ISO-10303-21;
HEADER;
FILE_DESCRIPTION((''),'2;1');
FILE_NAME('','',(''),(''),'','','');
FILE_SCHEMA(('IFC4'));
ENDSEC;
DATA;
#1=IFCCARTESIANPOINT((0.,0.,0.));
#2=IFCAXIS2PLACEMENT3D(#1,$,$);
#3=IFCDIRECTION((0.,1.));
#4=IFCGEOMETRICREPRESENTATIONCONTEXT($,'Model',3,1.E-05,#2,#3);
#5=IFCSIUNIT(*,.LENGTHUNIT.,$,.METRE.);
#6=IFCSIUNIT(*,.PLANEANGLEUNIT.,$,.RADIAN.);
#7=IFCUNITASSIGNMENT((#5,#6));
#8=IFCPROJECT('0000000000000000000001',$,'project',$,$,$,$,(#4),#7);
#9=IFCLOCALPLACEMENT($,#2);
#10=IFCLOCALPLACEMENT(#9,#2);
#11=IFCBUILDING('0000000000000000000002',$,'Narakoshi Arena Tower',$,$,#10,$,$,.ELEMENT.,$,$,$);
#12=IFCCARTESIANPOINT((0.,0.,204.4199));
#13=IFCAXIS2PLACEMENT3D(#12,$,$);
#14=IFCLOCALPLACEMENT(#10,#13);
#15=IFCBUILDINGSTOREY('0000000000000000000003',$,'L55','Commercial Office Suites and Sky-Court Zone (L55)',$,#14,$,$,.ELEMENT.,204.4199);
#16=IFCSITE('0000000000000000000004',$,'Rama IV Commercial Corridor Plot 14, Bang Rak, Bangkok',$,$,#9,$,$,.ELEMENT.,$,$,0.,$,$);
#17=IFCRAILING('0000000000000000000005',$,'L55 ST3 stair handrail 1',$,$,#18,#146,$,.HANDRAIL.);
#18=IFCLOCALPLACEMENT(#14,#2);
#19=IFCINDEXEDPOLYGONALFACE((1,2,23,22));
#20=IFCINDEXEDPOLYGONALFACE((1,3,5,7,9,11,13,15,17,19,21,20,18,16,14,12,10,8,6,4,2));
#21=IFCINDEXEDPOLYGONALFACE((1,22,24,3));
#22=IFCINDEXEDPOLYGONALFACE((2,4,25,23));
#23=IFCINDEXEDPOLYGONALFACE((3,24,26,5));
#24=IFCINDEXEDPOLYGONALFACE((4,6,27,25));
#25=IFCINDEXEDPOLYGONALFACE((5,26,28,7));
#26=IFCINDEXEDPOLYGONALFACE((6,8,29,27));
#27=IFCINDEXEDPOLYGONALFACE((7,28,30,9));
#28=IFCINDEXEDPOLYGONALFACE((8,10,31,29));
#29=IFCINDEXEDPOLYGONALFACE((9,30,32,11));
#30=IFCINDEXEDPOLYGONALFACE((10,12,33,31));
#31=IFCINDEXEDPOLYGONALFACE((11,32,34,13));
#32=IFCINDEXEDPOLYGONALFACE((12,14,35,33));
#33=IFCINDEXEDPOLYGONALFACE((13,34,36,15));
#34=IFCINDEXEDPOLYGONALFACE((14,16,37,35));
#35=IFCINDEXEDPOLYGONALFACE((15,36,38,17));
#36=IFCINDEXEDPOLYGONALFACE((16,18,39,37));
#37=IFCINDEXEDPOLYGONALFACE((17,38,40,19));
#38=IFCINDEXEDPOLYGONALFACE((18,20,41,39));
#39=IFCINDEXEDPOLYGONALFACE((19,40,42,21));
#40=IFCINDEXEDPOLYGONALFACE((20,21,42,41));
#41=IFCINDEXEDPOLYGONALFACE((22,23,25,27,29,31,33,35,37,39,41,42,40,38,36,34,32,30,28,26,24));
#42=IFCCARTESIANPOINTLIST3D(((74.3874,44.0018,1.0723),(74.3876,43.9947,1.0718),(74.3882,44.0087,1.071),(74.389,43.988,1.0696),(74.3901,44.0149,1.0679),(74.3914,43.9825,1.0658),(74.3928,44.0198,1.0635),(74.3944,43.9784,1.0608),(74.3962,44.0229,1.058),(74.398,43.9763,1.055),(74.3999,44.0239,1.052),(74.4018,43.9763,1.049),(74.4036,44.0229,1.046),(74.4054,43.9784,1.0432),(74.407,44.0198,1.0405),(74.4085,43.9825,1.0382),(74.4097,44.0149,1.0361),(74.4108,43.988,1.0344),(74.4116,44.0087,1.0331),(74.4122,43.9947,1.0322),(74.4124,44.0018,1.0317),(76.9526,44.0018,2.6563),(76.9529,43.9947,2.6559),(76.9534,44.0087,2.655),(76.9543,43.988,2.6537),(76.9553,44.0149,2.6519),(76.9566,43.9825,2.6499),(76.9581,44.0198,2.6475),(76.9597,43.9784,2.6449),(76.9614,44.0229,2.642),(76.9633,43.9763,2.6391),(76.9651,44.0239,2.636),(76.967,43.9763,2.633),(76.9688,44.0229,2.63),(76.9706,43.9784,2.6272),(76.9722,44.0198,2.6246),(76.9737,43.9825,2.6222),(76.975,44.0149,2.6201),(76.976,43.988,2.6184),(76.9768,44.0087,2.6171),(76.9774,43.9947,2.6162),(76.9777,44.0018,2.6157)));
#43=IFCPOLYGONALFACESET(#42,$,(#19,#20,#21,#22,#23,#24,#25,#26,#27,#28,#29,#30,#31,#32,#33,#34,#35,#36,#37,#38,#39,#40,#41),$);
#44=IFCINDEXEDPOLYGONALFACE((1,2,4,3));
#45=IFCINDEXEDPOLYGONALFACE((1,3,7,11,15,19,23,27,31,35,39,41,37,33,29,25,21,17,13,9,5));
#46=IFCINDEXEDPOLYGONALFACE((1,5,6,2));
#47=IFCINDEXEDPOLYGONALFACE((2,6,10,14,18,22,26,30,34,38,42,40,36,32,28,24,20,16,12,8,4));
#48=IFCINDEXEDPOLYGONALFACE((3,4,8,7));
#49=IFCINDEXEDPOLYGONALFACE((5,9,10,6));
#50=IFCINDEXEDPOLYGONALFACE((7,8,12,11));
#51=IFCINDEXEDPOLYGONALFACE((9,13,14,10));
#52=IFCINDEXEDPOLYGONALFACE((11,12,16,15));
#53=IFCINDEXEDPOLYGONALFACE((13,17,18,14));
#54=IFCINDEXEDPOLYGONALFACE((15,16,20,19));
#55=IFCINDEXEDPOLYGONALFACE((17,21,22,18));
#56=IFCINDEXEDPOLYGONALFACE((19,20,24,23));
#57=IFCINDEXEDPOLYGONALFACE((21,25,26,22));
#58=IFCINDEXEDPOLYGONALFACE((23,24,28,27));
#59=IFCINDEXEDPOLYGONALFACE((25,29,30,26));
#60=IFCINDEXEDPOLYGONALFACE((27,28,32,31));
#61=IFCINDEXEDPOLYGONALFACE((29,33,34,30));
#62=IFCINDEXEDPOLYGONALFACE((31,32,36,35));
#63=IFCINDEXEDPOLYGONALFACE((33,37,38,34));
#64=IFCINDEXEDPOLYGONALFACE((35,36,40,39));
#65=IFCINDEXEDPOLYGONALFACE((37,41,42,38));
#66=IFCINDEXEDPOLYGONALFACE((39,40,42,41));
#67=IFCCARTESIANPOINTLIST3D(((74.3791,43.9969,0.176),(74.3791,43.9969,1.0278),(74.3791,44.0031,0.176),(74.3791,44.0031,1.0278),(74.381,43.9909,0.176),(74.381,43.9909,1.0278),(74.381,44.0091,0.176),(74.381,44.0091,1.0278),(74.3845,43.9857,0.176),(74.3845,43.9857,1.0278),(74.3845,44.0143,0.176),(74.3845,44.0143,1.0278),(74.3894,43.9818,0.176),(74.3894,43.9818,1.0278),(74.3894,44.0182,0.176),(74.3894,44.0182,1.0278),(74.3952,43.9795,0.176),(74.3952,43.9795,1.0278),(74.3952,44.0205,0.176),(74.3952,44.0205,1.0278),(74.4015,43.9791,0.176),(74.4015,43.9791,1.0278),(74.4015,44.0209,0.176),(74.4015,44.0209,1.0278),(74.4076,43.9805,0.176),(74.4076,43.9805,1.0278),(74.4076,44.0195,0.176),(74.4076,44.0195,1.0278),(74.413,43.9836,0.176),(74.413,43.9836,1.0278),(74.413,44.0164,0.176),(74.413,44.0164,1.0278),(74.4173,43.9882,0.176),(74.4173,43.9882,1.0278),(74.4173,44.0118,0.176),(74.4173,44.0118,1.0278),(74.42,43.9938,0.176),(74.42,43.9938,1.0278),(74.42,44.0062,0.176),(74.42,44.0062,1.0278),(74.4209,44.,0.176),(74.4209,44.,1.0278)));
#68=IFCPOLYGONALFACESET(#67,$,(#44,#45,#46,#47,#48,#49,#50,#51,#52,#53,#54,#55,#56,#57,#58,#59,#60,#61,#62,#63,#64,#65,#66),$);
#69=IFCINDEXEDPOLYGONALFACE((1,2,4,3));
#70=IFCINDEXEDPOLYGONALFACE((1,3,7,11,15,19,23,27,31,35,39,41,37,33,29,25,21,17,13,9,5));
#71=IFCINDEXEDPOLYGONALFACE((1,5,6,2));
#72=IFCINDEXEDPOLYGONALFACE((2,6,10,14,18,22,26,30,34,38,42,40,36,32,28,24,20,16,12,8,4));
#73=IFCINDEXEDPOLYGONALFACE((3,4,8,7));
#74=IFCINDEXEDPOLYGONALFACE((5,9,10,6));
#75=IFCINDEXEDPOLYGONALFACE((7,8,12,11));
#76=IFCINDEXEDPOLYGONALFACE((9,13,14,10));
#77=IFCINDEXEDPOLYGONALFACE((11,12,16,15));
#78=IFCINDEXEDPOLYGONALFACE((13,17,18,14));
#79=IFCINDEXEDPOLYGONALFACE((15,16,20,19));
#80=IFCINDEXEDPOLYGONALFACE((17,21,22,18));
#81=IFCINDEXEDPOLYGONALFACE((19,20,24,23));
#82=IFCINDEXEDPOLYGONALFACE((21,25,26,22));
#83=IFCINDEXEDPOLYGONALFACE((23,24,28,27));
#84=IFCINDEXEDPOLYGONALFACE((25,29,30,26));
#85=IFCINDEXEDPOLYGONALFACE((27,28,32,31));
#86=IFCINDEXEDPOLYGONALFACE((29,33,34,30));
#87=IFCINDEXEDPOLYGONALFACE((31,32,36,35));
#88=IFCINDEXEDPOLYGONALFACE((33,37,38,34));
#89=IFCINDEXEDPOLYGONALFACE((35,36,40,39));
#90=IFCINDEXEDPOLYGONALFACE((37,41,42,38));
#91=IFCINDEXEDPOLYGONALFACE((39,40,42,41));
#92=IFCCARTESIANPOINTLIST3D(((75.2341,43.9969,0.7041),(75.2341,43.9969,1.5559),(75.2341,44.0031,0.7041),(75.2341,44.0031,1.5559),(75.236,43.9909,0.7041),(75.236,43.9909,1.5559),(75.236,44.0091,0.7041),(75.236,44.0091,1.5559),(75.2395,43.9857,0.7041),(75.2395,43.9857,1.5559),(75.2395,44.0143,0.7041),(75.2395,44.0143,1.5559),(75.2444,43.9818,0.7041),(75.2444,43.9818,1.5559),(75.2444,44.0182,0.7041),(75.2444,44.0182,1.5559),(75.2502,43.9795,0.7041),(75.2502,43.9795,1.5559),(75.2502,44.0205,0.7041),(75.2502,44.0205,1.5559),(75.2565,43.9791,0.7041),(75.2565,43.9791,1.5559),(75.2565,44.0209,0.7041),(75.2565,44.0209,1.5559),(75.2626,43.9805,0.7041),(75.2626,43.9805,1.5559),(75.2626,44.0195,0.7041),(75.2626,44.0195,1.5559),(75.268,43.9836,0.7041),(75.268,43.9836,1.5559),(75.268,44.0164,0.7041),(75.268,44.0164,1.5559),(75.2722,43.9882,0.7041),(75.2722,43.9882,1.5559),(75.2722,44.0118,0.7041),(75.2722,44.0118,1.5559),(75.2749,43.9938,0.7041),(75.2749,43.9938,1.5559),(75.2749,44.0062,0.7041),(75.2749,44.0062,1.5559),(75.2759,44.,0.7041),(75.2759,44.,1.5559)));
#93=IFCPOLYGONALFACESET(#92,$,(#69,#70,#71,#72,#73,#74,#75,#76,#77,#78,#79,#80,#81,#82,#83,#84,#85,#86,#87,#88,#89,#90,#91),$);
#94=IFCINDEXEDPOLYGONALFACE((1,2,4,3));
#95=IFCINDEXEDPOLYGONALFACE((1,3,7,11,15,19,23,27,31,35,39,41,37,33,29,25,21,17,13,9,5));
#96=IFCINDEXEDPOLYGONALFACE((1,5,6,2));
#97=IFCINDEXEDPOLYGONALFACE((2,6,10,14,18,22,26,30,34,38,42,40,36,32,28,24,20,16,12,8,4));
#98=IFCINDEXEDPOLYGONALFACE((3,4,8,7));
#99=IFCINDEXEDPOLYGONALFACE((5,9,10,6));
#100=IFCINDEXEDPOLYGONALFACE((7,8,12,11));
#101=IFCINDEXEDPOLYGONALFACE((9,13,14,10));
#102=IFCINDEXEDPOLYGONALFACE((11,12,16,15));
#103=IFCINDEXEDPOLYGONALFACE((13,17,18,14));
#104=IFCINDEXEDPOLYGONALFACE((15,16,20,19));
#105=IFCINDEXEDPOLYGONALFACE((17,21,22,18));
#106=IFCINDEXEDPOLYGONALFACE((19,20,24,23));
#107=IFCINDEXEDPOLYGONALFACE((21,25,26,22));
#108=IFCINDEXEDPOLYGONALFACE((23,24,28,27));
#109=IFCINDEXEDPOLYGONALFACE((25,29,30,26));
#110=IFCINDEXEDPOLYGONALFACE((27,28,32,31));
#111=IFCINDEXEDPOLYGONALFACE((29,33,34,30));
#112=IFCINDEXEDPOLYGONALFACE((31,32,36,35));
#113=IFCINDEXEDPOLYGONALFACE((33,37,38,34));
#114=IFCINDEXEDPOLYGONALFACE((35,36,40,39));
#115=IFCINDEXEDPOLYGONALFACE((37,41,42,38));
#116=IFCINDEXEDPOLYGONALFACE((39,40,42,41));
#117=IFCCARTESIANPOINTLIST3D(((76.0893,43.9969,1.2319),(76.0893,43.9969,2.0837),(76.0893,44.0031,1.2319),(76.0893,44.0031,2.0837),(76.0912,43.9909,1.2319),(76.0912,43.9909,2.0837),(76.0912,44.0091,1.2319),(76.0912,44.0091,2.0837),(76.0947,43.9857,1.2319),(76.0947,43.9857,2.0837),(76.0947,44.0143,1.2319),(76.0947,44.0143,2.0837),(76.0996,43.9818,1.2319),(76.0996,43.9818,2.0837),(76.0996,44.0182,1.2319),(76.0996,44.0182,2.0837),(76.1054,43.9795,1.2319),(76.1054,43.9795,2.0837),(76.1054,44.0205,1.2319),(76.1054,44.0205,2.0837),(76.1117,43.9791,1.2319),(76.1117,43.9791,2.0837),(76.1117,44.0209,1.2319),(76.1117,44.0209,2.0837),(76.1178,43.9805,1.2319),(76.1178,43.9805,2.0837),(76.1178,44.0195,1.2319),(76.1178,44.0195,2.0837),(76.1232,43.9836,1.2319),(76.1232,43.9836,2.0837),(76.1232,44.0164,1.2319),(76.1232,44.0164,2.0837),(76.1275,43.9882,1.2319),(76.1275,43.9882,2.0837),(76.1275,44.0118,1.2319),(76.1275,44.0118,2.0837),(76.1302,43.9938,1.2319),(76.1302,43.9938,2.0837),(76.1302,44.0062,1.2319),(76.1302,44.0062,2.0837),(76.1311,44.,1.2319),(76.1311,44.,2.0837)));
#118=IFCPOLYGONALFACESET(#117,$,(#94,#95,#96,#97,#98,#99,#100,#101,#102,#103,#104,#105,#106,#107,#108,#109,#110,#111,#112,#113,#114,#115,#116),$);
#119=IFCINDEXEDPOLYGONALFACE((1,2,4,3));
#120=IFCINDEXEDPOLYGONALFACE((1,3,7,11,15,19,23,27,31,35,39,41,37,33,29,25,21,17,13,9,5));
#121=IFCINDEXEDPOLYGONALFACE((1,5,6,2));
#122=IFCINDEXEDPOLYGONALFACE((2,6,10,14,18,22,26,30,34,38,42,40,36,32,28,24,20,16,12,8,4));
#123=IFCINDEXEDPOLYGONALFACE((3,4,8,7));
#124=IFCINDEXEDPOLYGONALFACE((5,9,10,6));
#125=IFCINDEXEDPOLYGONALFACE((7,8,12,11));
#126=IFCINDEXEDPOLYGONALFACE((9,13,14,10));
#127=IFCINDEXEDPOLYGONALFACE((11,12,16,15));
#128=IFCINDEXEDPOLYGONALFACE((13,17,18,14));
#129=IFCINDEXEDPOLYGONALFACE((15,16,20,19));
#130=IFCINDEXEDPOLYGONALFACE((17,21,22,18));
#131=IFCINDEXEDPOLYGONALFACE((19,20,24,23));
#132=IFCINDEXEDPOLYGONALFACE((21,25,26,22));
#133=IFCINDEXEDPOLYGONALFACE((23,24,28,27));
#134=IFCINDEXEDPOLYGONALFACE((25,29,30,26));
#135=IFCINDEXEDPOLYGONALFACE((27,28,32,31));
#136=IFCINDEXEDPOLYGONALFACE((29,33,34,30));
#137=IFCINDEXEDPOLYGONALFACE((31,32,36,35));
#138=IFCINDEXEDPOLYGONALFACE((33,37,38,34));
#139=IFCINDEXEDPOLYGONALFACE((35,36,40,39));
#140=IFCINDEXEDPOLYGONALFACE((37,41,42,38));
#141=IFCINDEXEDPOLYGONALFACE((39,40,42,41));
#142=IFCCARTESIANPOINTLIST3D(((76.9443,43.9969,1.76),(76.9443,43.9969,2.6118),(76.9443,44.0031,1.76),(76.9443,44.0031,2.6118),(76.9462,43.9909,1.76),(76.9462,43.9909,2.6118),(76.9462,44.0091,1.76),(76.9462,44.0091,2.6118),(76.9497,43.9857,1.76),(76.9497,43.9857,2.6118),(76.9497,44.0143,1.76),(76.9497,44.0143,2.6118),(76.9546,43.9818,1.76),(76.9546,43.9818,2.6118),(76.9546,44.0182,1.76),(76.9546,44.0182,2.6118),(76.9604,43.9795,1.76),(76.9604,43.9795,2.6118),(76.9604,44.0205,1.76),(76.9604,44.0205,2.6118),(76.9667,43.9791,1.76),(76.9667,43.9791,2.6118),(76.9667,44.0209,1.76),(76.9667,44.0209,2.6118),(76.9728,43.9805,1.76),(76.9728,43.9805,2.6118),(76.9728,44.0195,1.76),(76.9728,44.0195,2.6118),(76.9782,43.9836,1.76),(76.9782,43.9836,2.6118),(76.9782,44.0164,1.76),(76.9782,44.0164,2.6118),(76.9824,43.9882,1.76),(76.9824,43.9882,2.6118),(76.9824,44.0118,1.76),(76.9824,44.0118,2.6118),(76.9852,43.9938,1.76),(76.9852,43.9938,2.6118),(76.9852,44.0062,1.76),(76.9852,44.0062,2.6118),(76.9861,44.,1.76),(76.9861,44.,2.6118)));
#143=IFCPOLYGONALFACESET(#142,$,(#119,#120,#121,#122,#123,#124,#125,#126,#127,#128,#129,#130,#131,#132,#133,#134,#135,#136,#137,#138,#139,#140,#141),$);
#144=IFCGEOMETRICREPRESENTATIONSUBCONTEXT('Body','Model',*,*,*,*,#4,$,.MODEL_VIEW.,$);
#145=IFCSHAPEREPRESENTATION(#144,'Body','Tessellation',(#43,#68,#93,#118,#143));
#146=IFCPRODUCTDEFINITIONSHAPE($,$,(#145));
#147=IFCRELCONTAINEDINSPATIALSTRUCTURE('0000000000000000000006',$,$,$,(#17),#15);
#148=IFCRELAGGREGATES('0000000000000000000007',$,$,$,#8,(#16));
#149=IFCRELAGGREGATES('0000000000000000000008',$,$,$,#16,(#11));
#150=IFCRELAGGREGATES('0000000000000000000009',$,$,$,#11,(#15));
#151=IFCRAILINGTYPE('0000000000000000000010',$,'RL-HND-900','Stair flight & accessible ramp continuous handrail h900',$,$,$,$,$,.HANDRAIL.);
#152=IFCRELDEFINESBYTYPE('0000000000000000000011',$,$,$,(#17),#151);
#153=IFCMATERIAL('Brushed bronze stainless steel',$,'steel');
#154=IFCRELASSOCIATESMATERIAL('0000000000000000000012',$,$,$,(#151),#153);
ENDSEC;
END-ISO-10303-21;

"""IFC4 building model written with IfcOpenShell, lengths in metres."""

from ifc_helpers import new_model, si_unit, direction, frame, origin, origin_2d, place, context, subcontext, project, spatial, circle, extrude, material, type_object, element, save


model = new_model("IFC4")

# Units and contexts
model_context = context("Model", 3, precision=1e-05, world=origin(), true_north=direction((0.0, 1.0)))
body_context = subcontext(model_context, "Body", "Model", "MODEL_VIEW")
ifc_project = project(units=[si_unit("LENGTHUNIT", "METRE"), si_unit("PLANEANGLEUNIT", "RADIAN")], contexts=[model_context])

# Site, building, storey
site_placement = place(None, origin())
site = spatial("IfcSite", under=ifc_project, at=site_placement, Name="Rama IV Commercial Corridor Plot 14, Bang Rak, Bangkok", CompositionType="ELEMENT", RefElevation=0.0)
building_placement = place(site_placement, origin())
building = spatial("IfcBuilding", under=site, at=building_placement, Name="Narakoshi Arena Tower", CompositionType="ELEMENT")
storey_placement = place(building_placement, frame((0.0, 0.0, 204.4199)))
storey = spatial("IfcBuildingStorey", under=building, at=storey_placement, Name="L55", Description="Commercial Office Suites and Sky-Court Zone (L55)", CompositionType="ELEMENT", Elevation=204.4199)

# Railing
ifc_material_1 = material(Name="Brushed bronze stainless steel", Category="steel")
railing_type_1 = type_object("IfcRailingType", Name="RL-HND-900", Description="Stair flight & accessible ramp continuous handrail h900", PredefinedType="HANDRAIL", material=ifc_material_1)
railing_1_placement = place(storey_placement, frame((74.3999, 44.0, 0.176)))
element("IfcRailing", 1, at=railing_1_placement, inside=storey, type_object=railing_type_1, Name="L55 ST3 stair handrail 1", PredefinedType="HANDRAIL", context=body_context, shape_type="SweptSolid", body=[
    extrude(circle(Radius=0.0239, at=origin_2d()), frame((0.0, 0.0, 0.876), z_axis=(0.850857, 0.0, 0.525398), x_axis=(0.0, 1.0, 0.0)), (0.0, 0.0, 1.0), 3.0149),
    extrude(circle(Radius=0.021, at=origin_2d()), origin(), (0.0, 0.0, 1.0), 0.8518),
    extrude(circle(Radius=0.021, at=origin_2d()), frame((0.855, 0.0, 0.5281)), (0.0, 0.0, 1.0), 0.8518),
    extrude(circle(Radius=0.021, at=origin_2d()), frame((1.7102, 0.0, 1.0559)), (0.0, 0.0, 1.0), 0.8518),
    extrude(circle(Radius=0.021, at=origin_2d()), frame((2.5652, 0.0, 1.584)), (0.0, 0.0, 1.0), 0.8518),
])

save(model, "model.ifc")
